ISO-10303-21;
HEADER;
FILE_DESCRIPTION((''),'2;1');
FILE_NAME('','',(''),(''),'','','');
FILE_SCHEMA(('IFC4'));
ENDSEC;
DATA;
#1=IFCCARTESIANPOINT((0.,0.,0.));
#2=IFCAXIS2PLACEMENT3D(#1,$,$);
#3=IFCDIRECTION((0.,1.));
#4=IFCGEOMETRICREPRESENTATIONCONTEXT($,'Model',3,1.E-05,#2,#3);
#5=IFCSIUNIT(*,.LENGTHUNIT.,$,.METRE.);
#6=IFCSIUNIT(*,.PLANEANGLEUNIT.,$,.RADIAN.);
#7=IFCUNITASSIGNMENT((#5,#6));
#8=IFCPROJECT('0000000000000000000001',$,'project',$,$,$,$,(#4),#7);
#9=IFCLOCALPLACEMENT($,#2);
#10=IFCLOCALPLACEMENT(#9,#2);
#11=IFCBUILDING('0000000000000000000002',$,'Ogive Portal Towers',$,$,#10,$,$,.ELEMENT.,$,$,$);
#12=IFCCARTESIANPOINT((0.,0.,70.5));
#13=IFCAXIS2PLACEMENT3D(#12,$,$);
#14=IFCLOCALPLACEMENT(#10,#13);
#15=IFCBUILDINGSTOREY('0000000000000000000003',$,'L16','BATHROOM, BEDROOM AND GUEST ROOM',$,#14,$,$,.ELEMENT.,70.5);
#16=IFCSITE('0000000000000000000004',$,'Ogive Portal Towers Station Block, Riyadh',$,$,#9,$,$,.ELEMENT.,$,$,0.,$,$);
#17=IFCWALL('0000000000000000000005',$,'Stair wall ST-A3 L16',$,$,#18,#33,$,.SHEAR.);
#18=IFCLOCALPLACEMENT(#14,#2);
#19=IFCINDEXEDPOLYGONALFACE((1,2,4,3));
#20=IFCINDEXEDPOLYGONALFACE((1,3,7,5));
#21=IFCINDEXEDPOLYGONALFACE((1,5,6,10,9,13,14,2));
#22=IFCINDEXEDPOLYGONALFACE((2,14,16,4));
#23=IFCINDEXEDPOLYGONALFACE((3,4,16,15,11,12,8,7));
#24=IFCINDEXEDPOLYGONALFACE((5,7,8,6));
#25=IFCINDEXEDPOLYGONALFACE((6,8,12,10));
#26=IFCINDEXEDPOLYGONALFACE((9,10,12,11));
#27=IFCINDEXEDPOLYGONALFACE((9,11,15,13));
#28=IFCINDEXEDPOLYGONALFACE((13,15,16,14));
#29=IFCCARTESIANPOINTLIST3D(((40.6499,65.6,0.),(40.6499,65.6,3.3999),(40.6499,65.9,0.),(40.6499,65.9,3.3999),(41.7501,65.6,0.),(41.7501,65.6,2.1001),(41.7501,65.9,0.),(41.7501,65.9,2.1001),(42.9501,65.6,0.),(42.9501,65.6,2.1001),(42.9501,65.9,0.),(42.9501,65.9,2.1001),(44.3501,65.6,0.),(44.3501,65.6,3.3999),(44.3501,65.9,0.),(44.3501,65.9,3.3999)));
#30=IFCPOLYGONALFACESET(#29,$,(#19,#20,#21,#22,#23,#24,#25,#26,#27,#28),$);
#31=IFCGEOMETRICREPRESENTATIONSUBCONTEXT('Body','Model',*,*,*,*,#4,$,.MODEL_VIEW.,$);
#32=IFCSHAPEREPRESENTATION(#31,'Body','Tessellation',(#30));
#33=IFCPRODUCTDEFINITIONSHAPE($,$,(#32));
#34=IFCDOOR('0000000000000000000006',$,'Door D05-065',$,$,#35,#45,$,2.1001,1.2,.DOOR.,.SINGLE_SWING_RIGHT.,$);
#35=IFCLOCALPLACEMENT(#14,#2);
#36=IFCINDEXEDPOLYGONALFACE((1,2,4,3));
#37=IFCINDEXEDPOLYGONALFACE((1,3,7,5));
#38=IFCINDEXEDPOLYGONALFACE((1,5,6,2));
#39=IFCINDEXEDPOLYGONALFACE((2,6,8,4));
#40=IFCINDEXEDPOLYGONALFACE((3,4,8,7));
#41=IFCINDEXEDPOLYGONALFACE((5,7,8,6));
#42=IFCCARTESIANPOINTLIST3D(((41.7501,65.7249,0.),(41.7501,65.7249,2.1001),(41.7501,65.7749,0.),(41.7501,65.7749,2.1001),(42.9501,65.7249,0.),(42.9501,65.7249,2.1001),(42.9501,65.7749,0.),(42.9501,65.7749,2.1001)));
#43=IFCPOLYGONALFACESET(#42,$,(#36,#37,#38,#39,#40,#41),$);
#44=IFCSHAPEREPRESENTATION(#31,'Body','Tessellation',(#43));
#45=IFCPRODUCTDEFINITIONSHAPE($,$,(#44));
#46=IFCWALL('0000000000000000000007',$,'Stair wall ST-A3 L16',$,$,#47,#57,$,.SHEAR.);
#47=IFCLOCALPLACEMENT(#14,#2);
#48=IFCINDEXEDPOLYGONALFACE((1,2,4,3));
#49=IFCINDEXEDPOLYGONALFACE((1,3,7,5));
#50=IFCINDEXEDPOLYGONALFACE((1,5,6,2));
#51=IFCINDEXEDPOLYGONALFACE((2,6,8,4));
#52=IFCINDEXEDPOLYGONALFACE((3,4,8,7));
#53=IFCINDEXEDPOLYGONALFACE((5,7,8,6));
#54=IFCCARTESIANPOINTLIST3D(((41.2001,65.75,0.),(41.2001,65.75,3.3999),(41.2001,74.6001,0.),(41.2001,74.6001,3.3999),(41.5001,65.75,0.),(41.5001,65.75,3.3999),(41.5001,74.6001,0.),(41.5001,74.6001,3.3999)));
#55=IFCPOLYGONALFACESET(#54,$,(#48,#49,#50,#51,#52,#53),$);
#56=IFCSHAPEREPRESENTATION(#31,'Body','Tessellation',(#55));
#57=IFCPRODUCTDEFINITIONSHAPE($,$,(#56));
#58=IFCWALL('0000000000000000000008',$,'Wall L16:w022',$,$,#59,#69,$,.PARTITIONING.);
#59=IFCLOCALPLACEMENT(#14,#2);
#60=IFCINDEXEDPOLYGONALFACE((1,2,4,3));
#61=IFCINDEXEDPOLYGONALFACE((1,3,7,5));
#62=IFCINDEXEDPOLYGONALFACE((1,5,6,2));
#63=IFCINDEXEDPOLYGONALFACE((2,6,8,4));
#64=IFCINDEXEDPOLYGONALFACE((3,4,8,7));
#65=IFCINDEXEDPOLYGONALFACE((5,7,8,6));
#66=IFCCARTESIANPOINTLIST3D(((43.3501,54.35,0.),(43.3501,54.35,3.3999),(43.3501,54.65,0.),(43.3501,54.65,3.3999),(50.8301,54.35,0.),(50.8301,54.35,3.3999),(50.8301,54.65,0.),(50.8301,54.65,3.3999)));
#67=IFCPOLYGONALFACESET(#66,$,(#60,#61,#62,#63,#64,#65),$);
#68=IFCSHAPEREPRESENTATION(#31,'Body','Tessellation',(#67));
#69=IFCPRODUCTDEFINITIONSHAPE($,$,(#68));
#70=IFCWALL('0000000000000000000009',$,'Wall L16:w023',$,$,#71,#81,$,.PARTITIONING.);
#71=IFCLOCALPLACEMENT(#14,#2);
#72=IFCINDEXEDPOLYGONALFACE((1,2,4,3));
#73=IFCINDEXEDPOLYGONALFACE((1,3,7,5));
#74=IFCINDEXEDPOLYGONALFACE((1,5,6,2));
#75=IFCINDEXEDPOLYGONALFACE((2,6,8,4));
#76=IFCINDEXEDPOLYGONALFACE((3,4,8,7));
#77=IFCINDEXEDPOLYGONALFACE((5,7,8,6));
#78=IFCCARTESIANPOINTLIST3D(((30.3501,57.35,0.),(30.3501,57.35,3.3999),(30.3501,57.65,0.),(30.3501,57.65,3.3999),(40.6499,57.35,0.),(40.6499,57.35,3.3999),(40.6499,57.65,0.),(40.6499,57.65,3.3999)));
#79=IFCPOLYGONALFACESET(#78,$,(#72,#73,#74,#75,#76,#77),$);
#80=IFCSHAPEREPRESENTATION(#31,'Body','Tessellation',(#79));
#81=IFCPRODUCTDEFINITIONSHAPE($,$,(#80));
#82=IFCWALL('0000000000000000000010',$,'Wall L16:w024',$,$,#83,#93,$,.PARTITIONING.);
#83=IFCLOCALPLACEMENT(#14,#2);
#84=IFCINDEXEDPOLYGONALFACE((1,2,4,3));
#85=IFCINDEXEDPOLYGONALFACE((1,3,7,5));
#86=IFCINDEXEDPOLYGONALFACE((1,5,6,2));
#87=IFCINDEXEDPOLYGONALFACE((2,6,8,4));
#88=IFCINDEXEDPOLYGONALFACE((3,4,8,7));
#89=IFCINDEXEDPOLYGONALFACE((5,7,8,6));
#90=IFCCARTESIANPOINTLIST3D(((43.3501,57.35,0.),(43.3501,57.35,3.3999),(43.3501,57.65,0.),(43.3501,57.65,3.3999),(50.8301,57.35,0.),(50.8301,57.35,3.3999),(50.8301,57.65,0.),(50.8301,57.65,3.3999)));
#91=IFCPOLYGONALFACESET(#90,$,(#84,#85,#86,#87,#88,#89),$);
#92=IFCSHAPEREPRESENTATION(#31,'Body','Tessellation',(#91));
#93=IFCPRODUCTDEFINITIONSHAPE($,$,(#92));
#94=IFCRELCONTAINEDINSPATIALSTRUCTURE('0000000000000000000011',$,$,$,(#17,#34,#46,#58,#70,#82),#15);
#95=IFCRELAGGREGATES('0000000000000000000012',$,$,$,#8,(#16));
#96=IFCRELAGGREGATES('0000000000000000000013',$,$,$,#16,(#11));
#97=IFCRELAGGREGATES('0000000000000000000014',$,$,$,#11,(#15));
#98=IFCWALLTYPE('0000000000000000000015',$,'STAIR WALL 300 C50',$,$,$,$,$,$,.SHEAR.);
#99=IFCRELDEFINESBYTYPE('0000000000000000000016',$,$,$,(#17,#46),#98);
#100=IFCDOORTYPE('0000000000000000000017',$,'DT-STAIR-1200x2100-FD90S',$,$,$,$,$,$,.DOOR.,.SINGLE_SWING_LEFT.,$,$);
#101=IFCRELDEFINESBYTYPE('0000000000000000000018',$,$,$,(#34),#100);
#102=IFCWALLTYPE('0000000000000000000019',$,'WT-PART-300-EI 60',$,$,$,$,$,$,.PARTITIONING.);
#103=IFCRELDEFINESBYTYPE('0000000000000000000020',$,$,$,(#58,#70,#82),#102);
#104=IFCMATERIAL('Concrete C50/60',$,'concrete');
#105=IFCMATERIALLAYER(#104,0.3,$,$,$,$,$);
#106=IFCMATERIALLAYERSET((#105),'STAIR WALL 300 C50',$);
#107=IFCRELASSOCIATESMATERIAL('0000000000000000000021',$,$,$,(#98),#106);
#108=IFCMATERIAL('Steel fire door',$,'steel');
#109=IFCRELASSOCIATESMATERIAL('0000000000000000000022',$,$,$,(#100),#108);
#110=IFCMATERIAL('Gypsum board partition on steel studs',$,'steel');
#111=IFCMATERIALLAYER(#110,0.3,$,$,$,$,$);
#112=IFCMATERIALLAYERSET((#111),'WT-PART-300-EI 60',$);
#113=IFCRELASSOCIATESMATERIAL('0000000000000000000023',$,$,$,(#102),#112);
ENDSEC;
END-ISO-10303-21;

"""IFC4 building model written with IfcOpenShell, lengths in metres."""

from ifc_helpers import new_model, si_unit, direction, frame, frame_2d, origin, place, context, subcontext, project, spatial, rectangle, extrude, material, layer, layer_set, type_object, element, fill, save


model = new_model("IFC4")

# Units and contexts
model_context = context("Model", 3, precision=1e-05, world=origin(), true_north=direction((0.0, 1.0)))
body_context = subcontext(model_context, "Body", "Model", "MODEL_VIEW")
ifc_project = project(units=[si_unit("LENGTHUNIT", "METRE"), si_unit("PLANEANGLEUNIT", "RADIAN")], contexts=[model_context])

# Site, building, storey
site_placement = place(None, origin())
site = spatial("IfcSite", under=ifc_project, at=site_placement, Name="Ogive Portal Towers Station Block, Riyadh", CompositionType="ELEMENT", RefElevation=0.0)
building_placement = place(site_placement, origin())
building = spatial("IfcBuilding", under=site, at=building_placement, Name="Ogive Portal Towers", CompositionType="ELEMENT")
storey_placement = place(building_placement, frame((0.0, 0.0, 70.5)))
storey = spatial("IfcBuildingStorey", under=building, at=storey_placement, Name="L16", Description="BATHROOM, BEDROOM AND GUEST ROOM", CompositionType="ELEMENT", Elevation=70.5)

# Wall, opening, door
ifc_material_1 = material(Name="Concrete C50/60", Category="concrete")
ifc_layer_1 = layer(ifc_material_1, 0.3)
ifc_layer_set_1 = layer_set([ifc_layer_1], Name="STAIR WALL 300 C50")
wall_type_1 = type_object("IfcWallType", Name="STAIR WALL 300 C50", PredefinedType="SHEAR", material=ifc_layer_set_1)
wall_1_placement = place(storey_placement, frame((40.6499, 65.75, 0.0), z_axis=(0.0, 0.0, 1.0), x_axis=(1.0, 0.0, 0.0)))
wall_1 = element("IfcWall", 1, at=wall_1_placement, inside=storey, type_object=wall_type_1, Name="Stair wall ST-A3 L16", PredefinedType="SHEAR", context=body_context, shape_type="SweptSolid", body=[
    extrude(rectangle(XDim=3.7002, YDim=0.3, at=frame_2d((1.8501, 0.0))), origin(), (0.0, 0.0, 1.0), 3.3999),
])
opening_1_placement = place(wall_1_placement, frame((1.1001, 0.0, 0.0)))
opening_1 = element("IfcOpeningElement", 2, at=opening_1_placement, cuts=wall_1, PredefinedType="OPENING", context=body_context, shape_type="SweptSolid", body=[
    extrude(rectangle(XDim=1.2, YDim=2.1001, at=frame_2d((0.6001, 1.05))), frame((0.0, 0.1602, 0.0), z_axis=(0.0, -1.0, 0.0), x_axis=(1.0, 0.0, 0.0)), (0.0, 0.0, 1.0), 0.3201),
])
ifc_material_2 = material(Name="Steel fire door", Category="steel")
door_type = type_object("IfcDoorType", Name="DT-STAIR-1200x2100-FD90S", OperationType="SINGLE_SWING_LEFT", PredefinedType="DOOR", material=ifc_material_2)
door_placement = place(opening_1_placement, origin())
door = element("IfcDoor", 3, at=door_placement, inside=storey, type_object=door_type, Name="Door D05-065", OperationType="SINGLE_SWING_RIGHT", OverallHeight=2.1001, OverallWidth=1.2, PredefinedType="DOOR", context=body_context, shape_type="SweptSolid", body=[
    extrude(rectangle(XDim=1.2, YDim=2.1001, at=frame_2d((0.6001, 1.05))), frame((0.0, 0.0249, 0.0), z_axis=(0.0, -1.0, 0.0), x_axis=(1.0, 0.0, 0.0)), (0.0, 0.0, 1.0), 0.05),
])
fill(opening_1, door)

# Walls
wall_2_placement = place(storey_placement, frame((41.3501, 65.75, 0.0), z_axis=(0.0, 0.0, 1.0), x_axis=(0.0, 1.0, 0.0)))
element("IfcWall", 4, at=wall_2_placement, inside=storey, type_object=wall_type_1, Name="Stair wall ST-A3 L16", PredefinedType="SHEAR", context=body_context, shape_type="SweptSolid", body=[
    extrude(rectangle(XDim=8.8501, YDim=0.3, at=frame_2d((4.425, 0.0))), origin(), (0.0, 0.0, 1.0), 3.3999),
])
ifc_material_3 = material(Name="Gypsum board partition on steel studs", Category="steel")
ifc_layer_2 = layer(ifc_material_3, 0.3)
ifc_layer_set_2 = layer_set([ifc_layer_2], Name="WT-PART-300-EI 60")
wall_type_2 = type_object("IfcWallType", Name="WT-PART-300-EI 60", PredefinedType="PARTITIONING", material=ifc_layer_set_2)
wall_3_placement = place(storey_placement, frame((43.3501, 54.5, 0.0), z_axis=(0.0, 0.0, 1.0), x_axis=(1.0, 0.0, 0.0)))
element("IfcWall", 5, at=wall_3_placement, inside=storey, type_object=wall_type_2, Name="Wall L16:w022", PredefinedType="PARTITIONING", context=body_context, shape_type="SweptSolid", body=[
    extrude(rectangle(XDim=7.48, YDim=0.3, at=frame_2d((3.74, 0.0))), origin(), (0.0, 0.0, 1.0), 3.3999),
])
wall_4_placement = place(storey_placement, frame((30.3501, 57.5, 0.0), z_axis=(0.0, 0.0, 1.0), x_axis=(1.0, 0.0, 0.0)))
element("IfcWall", 6, at=wall_4_placement, inside=storey, type_object=wall_type_2, Name="Wall L16:w023", PredefinedType="PARTITIONING", context=body_context, shape_type="SweptSolid", body=[
    extrude(rectangle(XDim=10.2998, YDim=0.3, at=frame_2d((5.1499, 0.0))), origin(), (0.0, 0.0, 1.0), 3.3999),
])
wall_5_placement = place(storey_placement, frame((43.3501, 57.5, 0.0), z_axis=(0.0, 0.0, 1.0), x_axis=(1.0, 0.0, 0.0)))
element("IfcWall", 7, at=wall_5_placement, inside=storey, type_object=wall_type_2, Name="Wall L16:w024", PredefinedType="PARTITIONING", context=body_context, shape_type="SweptSolid", body=[
    extrude(rectangle(XDim=7.48, YDim=0.3, at=frame_2d((3.74, 0.0))), origin(), (0.0, 0.0, 1.0), 3.3999),
])

save(model, "model.ifc")
